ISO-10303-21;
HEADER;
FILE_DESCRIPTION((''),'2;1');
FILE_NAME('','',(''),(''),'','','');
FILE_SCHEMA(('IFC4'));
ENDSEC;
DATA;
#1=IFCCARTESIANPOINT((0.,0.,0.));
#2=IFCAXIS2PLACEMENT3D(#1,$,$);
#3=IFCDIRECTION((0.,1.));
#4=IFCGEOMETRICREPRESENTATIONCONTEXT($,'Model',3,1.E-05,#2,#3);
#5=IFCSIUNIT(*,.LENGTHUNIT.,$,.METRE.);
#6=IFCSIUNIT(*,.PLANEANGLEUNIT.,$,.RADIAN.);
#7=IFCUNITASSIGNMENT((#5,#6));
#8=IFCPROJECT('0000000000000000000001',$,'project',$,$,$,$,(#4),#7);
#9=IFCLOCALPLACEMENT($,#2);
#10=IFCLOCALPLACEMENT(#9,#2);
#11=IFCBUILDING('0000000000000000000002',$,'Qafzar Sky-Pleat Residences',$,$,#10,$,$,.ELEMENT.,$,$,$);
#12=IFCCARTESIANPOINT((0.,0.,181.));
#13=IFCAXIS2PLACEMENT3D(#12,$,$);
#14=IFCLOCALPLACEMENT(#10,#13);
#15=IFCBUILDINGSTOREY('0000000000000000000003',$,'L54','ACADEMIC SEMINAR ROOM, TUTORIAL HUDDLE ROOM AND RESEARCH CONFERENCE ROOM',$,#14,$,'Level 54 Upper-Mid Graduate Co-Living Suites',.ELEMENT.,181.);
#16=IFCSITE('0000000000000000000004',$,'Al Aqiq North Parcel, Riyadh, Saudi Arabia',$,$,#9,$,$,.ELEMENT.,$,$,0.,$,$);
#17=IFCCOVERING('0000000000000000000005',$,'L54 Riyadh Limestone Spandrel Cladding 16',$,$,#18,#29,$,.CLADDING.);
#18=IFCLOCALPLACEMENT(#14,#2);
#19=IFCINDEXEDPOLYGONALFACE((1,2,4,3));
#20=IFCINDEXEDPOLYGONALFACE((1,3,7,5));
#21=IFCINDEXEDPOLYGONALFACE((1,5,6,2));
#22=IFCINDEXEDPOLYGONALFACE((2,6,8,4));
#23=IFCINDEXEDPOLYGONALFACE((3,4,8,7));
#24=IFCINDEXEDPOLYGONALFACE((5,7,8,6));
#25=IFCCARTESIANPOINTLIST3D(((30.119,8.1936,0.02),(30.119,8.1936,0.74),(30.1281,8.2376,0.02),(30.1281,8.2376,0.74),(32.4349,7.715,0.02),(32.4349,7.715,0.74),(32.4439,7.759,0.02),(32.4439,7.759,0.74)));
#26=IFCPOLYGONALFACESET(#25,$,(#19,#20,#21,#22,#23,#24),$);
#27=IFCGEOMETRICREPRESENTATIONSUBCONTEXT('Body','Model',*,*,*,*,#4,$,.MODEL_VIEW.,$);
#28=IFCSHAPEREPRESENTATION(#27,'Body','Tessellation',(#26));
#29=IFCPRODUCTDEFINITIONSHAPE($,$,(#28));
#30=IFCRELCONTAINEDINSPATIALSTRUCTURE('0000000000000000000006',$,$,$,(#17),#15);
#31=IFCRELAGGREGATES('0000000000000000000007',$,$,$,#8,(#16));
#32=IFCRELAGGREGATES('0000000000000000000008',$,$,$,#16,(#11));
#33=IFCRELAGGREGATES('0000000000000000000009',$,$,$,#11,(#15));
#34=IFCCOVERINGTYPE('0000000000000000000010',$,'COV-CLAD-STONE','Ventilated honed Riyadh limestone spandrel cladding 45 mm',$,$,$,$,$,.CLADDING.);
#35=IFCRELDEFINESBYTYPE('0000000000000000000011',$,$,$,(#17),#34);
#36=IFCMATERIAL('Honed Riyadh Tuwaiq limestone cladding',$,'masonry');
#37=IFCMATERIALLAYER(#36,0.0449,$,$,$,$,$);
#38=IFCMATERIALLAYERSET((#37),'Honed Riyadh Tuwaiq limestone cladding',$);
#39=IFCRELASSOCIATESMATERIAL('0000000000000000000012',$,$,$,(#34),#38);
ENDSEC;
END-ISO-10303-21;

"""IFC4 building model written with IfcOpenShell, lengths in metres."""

from ifc_helpers import new_model, si_unit, direction, frame, origin, origin_2d, place, context, subcontext, project, spatial, rectangle, extrude, source, transform, mapped, material, layer, layer_set, type_object, element, save


model = new_model("IFC4")

# Units and contexts
model_context = context("Model", 3, precision=1e-05, world=origin(), true_north=direction((0.0, 1.0)))
body_context = subcontext(model_context, "Body", "Model", "MODEL_VIEW")
ifc_project = project(units=[si_unit("LENGTHUNIT", "METRE"), si_unit("PLANEANGLEUNIT", "RADIAN")], contexts=[model_context])

# Site, building, storey
site_placement = place(None, origin())
site = spatial("IfcSite", under=ifc_project, at=site_placement, Name="Al Aqiq North Parcel, Riyadh, Saudi Arabia", CompositionType="ELEMENT", RefElevation=0.0)
building_placement = place(site_placement, origin())
building = spatial("IfcBuilding", under=site, at=building_placement, Name="Qafzar Sky-Pleat Residences", CompositionType="ELEMENT")
storey_placement = place(building_placement, frame((0.0, 0.0, 181.0)))
storey = spatial("IfcBuildingStorey", under=building, at=storey_placement, Name="L54", Description="ACADEMIC SEMINAR ROOM, TUTORIAL HUDDLE ROOM AND RESEARCH CONFERENCE ROOM", LongName="Level 54 Upper-Mid Graduate Co-Living Suites", CompositionType="ELEMENT", Elevation=181.0)

# Covering
ifc_material_1 = material(Name="Honed Riyadh Tuwaiq limestone cladding", Category="masonry")
ifc_layer_1 = layer(ifc_material_1, 0.0449)
ifc_layer_set_1 = layer_set([ifc_layer_1], Name="Honed Riyadh Tuwaiq limestone cladding")
covering_type = type_object("IfcCoveringType", Name="COV-CLAD-STONE", Description="Ventilated honed Riyadh limestone spandrel cladding 45 mm", PredefinedType="CLADDING", material=ifc_layer_set_1)
shared_shape_1 = source(origin(), body_context, "Body", "SweptSolid", [
    extrude(rectangle(XDim=2.3647, YDim=0.0449, at=origin_2d()), origin(), (0.0, 0.0, 1.0), 0.72),
])
covering_placement = place(storey_placement, frame((31.2815, 7.9763, 0.02), z_axis=(0.0, 0.0, 1.0), x_axis=(0.979305, -0.202392, 0.0)))
element("IfcCovering", 1, at=covering_placement, inside=storey, type_object=covering_type, Name="L54 Riyadh Limestone Spandrel Cladding 16", PredefinedType="CLADDING", context=body_context, shape_type="MappedRepresentation", body=[
    mapped(shared_shape_1, transform((0.0, 0.0, 0.0), x_axis=(1.0, 0.0, 0.0), y_axis=(0.0, 1.0, 0.0), z_axis=(0.0, 0.0, 1.0), scale=1.0)),
])

save(model, "model.ifc")
